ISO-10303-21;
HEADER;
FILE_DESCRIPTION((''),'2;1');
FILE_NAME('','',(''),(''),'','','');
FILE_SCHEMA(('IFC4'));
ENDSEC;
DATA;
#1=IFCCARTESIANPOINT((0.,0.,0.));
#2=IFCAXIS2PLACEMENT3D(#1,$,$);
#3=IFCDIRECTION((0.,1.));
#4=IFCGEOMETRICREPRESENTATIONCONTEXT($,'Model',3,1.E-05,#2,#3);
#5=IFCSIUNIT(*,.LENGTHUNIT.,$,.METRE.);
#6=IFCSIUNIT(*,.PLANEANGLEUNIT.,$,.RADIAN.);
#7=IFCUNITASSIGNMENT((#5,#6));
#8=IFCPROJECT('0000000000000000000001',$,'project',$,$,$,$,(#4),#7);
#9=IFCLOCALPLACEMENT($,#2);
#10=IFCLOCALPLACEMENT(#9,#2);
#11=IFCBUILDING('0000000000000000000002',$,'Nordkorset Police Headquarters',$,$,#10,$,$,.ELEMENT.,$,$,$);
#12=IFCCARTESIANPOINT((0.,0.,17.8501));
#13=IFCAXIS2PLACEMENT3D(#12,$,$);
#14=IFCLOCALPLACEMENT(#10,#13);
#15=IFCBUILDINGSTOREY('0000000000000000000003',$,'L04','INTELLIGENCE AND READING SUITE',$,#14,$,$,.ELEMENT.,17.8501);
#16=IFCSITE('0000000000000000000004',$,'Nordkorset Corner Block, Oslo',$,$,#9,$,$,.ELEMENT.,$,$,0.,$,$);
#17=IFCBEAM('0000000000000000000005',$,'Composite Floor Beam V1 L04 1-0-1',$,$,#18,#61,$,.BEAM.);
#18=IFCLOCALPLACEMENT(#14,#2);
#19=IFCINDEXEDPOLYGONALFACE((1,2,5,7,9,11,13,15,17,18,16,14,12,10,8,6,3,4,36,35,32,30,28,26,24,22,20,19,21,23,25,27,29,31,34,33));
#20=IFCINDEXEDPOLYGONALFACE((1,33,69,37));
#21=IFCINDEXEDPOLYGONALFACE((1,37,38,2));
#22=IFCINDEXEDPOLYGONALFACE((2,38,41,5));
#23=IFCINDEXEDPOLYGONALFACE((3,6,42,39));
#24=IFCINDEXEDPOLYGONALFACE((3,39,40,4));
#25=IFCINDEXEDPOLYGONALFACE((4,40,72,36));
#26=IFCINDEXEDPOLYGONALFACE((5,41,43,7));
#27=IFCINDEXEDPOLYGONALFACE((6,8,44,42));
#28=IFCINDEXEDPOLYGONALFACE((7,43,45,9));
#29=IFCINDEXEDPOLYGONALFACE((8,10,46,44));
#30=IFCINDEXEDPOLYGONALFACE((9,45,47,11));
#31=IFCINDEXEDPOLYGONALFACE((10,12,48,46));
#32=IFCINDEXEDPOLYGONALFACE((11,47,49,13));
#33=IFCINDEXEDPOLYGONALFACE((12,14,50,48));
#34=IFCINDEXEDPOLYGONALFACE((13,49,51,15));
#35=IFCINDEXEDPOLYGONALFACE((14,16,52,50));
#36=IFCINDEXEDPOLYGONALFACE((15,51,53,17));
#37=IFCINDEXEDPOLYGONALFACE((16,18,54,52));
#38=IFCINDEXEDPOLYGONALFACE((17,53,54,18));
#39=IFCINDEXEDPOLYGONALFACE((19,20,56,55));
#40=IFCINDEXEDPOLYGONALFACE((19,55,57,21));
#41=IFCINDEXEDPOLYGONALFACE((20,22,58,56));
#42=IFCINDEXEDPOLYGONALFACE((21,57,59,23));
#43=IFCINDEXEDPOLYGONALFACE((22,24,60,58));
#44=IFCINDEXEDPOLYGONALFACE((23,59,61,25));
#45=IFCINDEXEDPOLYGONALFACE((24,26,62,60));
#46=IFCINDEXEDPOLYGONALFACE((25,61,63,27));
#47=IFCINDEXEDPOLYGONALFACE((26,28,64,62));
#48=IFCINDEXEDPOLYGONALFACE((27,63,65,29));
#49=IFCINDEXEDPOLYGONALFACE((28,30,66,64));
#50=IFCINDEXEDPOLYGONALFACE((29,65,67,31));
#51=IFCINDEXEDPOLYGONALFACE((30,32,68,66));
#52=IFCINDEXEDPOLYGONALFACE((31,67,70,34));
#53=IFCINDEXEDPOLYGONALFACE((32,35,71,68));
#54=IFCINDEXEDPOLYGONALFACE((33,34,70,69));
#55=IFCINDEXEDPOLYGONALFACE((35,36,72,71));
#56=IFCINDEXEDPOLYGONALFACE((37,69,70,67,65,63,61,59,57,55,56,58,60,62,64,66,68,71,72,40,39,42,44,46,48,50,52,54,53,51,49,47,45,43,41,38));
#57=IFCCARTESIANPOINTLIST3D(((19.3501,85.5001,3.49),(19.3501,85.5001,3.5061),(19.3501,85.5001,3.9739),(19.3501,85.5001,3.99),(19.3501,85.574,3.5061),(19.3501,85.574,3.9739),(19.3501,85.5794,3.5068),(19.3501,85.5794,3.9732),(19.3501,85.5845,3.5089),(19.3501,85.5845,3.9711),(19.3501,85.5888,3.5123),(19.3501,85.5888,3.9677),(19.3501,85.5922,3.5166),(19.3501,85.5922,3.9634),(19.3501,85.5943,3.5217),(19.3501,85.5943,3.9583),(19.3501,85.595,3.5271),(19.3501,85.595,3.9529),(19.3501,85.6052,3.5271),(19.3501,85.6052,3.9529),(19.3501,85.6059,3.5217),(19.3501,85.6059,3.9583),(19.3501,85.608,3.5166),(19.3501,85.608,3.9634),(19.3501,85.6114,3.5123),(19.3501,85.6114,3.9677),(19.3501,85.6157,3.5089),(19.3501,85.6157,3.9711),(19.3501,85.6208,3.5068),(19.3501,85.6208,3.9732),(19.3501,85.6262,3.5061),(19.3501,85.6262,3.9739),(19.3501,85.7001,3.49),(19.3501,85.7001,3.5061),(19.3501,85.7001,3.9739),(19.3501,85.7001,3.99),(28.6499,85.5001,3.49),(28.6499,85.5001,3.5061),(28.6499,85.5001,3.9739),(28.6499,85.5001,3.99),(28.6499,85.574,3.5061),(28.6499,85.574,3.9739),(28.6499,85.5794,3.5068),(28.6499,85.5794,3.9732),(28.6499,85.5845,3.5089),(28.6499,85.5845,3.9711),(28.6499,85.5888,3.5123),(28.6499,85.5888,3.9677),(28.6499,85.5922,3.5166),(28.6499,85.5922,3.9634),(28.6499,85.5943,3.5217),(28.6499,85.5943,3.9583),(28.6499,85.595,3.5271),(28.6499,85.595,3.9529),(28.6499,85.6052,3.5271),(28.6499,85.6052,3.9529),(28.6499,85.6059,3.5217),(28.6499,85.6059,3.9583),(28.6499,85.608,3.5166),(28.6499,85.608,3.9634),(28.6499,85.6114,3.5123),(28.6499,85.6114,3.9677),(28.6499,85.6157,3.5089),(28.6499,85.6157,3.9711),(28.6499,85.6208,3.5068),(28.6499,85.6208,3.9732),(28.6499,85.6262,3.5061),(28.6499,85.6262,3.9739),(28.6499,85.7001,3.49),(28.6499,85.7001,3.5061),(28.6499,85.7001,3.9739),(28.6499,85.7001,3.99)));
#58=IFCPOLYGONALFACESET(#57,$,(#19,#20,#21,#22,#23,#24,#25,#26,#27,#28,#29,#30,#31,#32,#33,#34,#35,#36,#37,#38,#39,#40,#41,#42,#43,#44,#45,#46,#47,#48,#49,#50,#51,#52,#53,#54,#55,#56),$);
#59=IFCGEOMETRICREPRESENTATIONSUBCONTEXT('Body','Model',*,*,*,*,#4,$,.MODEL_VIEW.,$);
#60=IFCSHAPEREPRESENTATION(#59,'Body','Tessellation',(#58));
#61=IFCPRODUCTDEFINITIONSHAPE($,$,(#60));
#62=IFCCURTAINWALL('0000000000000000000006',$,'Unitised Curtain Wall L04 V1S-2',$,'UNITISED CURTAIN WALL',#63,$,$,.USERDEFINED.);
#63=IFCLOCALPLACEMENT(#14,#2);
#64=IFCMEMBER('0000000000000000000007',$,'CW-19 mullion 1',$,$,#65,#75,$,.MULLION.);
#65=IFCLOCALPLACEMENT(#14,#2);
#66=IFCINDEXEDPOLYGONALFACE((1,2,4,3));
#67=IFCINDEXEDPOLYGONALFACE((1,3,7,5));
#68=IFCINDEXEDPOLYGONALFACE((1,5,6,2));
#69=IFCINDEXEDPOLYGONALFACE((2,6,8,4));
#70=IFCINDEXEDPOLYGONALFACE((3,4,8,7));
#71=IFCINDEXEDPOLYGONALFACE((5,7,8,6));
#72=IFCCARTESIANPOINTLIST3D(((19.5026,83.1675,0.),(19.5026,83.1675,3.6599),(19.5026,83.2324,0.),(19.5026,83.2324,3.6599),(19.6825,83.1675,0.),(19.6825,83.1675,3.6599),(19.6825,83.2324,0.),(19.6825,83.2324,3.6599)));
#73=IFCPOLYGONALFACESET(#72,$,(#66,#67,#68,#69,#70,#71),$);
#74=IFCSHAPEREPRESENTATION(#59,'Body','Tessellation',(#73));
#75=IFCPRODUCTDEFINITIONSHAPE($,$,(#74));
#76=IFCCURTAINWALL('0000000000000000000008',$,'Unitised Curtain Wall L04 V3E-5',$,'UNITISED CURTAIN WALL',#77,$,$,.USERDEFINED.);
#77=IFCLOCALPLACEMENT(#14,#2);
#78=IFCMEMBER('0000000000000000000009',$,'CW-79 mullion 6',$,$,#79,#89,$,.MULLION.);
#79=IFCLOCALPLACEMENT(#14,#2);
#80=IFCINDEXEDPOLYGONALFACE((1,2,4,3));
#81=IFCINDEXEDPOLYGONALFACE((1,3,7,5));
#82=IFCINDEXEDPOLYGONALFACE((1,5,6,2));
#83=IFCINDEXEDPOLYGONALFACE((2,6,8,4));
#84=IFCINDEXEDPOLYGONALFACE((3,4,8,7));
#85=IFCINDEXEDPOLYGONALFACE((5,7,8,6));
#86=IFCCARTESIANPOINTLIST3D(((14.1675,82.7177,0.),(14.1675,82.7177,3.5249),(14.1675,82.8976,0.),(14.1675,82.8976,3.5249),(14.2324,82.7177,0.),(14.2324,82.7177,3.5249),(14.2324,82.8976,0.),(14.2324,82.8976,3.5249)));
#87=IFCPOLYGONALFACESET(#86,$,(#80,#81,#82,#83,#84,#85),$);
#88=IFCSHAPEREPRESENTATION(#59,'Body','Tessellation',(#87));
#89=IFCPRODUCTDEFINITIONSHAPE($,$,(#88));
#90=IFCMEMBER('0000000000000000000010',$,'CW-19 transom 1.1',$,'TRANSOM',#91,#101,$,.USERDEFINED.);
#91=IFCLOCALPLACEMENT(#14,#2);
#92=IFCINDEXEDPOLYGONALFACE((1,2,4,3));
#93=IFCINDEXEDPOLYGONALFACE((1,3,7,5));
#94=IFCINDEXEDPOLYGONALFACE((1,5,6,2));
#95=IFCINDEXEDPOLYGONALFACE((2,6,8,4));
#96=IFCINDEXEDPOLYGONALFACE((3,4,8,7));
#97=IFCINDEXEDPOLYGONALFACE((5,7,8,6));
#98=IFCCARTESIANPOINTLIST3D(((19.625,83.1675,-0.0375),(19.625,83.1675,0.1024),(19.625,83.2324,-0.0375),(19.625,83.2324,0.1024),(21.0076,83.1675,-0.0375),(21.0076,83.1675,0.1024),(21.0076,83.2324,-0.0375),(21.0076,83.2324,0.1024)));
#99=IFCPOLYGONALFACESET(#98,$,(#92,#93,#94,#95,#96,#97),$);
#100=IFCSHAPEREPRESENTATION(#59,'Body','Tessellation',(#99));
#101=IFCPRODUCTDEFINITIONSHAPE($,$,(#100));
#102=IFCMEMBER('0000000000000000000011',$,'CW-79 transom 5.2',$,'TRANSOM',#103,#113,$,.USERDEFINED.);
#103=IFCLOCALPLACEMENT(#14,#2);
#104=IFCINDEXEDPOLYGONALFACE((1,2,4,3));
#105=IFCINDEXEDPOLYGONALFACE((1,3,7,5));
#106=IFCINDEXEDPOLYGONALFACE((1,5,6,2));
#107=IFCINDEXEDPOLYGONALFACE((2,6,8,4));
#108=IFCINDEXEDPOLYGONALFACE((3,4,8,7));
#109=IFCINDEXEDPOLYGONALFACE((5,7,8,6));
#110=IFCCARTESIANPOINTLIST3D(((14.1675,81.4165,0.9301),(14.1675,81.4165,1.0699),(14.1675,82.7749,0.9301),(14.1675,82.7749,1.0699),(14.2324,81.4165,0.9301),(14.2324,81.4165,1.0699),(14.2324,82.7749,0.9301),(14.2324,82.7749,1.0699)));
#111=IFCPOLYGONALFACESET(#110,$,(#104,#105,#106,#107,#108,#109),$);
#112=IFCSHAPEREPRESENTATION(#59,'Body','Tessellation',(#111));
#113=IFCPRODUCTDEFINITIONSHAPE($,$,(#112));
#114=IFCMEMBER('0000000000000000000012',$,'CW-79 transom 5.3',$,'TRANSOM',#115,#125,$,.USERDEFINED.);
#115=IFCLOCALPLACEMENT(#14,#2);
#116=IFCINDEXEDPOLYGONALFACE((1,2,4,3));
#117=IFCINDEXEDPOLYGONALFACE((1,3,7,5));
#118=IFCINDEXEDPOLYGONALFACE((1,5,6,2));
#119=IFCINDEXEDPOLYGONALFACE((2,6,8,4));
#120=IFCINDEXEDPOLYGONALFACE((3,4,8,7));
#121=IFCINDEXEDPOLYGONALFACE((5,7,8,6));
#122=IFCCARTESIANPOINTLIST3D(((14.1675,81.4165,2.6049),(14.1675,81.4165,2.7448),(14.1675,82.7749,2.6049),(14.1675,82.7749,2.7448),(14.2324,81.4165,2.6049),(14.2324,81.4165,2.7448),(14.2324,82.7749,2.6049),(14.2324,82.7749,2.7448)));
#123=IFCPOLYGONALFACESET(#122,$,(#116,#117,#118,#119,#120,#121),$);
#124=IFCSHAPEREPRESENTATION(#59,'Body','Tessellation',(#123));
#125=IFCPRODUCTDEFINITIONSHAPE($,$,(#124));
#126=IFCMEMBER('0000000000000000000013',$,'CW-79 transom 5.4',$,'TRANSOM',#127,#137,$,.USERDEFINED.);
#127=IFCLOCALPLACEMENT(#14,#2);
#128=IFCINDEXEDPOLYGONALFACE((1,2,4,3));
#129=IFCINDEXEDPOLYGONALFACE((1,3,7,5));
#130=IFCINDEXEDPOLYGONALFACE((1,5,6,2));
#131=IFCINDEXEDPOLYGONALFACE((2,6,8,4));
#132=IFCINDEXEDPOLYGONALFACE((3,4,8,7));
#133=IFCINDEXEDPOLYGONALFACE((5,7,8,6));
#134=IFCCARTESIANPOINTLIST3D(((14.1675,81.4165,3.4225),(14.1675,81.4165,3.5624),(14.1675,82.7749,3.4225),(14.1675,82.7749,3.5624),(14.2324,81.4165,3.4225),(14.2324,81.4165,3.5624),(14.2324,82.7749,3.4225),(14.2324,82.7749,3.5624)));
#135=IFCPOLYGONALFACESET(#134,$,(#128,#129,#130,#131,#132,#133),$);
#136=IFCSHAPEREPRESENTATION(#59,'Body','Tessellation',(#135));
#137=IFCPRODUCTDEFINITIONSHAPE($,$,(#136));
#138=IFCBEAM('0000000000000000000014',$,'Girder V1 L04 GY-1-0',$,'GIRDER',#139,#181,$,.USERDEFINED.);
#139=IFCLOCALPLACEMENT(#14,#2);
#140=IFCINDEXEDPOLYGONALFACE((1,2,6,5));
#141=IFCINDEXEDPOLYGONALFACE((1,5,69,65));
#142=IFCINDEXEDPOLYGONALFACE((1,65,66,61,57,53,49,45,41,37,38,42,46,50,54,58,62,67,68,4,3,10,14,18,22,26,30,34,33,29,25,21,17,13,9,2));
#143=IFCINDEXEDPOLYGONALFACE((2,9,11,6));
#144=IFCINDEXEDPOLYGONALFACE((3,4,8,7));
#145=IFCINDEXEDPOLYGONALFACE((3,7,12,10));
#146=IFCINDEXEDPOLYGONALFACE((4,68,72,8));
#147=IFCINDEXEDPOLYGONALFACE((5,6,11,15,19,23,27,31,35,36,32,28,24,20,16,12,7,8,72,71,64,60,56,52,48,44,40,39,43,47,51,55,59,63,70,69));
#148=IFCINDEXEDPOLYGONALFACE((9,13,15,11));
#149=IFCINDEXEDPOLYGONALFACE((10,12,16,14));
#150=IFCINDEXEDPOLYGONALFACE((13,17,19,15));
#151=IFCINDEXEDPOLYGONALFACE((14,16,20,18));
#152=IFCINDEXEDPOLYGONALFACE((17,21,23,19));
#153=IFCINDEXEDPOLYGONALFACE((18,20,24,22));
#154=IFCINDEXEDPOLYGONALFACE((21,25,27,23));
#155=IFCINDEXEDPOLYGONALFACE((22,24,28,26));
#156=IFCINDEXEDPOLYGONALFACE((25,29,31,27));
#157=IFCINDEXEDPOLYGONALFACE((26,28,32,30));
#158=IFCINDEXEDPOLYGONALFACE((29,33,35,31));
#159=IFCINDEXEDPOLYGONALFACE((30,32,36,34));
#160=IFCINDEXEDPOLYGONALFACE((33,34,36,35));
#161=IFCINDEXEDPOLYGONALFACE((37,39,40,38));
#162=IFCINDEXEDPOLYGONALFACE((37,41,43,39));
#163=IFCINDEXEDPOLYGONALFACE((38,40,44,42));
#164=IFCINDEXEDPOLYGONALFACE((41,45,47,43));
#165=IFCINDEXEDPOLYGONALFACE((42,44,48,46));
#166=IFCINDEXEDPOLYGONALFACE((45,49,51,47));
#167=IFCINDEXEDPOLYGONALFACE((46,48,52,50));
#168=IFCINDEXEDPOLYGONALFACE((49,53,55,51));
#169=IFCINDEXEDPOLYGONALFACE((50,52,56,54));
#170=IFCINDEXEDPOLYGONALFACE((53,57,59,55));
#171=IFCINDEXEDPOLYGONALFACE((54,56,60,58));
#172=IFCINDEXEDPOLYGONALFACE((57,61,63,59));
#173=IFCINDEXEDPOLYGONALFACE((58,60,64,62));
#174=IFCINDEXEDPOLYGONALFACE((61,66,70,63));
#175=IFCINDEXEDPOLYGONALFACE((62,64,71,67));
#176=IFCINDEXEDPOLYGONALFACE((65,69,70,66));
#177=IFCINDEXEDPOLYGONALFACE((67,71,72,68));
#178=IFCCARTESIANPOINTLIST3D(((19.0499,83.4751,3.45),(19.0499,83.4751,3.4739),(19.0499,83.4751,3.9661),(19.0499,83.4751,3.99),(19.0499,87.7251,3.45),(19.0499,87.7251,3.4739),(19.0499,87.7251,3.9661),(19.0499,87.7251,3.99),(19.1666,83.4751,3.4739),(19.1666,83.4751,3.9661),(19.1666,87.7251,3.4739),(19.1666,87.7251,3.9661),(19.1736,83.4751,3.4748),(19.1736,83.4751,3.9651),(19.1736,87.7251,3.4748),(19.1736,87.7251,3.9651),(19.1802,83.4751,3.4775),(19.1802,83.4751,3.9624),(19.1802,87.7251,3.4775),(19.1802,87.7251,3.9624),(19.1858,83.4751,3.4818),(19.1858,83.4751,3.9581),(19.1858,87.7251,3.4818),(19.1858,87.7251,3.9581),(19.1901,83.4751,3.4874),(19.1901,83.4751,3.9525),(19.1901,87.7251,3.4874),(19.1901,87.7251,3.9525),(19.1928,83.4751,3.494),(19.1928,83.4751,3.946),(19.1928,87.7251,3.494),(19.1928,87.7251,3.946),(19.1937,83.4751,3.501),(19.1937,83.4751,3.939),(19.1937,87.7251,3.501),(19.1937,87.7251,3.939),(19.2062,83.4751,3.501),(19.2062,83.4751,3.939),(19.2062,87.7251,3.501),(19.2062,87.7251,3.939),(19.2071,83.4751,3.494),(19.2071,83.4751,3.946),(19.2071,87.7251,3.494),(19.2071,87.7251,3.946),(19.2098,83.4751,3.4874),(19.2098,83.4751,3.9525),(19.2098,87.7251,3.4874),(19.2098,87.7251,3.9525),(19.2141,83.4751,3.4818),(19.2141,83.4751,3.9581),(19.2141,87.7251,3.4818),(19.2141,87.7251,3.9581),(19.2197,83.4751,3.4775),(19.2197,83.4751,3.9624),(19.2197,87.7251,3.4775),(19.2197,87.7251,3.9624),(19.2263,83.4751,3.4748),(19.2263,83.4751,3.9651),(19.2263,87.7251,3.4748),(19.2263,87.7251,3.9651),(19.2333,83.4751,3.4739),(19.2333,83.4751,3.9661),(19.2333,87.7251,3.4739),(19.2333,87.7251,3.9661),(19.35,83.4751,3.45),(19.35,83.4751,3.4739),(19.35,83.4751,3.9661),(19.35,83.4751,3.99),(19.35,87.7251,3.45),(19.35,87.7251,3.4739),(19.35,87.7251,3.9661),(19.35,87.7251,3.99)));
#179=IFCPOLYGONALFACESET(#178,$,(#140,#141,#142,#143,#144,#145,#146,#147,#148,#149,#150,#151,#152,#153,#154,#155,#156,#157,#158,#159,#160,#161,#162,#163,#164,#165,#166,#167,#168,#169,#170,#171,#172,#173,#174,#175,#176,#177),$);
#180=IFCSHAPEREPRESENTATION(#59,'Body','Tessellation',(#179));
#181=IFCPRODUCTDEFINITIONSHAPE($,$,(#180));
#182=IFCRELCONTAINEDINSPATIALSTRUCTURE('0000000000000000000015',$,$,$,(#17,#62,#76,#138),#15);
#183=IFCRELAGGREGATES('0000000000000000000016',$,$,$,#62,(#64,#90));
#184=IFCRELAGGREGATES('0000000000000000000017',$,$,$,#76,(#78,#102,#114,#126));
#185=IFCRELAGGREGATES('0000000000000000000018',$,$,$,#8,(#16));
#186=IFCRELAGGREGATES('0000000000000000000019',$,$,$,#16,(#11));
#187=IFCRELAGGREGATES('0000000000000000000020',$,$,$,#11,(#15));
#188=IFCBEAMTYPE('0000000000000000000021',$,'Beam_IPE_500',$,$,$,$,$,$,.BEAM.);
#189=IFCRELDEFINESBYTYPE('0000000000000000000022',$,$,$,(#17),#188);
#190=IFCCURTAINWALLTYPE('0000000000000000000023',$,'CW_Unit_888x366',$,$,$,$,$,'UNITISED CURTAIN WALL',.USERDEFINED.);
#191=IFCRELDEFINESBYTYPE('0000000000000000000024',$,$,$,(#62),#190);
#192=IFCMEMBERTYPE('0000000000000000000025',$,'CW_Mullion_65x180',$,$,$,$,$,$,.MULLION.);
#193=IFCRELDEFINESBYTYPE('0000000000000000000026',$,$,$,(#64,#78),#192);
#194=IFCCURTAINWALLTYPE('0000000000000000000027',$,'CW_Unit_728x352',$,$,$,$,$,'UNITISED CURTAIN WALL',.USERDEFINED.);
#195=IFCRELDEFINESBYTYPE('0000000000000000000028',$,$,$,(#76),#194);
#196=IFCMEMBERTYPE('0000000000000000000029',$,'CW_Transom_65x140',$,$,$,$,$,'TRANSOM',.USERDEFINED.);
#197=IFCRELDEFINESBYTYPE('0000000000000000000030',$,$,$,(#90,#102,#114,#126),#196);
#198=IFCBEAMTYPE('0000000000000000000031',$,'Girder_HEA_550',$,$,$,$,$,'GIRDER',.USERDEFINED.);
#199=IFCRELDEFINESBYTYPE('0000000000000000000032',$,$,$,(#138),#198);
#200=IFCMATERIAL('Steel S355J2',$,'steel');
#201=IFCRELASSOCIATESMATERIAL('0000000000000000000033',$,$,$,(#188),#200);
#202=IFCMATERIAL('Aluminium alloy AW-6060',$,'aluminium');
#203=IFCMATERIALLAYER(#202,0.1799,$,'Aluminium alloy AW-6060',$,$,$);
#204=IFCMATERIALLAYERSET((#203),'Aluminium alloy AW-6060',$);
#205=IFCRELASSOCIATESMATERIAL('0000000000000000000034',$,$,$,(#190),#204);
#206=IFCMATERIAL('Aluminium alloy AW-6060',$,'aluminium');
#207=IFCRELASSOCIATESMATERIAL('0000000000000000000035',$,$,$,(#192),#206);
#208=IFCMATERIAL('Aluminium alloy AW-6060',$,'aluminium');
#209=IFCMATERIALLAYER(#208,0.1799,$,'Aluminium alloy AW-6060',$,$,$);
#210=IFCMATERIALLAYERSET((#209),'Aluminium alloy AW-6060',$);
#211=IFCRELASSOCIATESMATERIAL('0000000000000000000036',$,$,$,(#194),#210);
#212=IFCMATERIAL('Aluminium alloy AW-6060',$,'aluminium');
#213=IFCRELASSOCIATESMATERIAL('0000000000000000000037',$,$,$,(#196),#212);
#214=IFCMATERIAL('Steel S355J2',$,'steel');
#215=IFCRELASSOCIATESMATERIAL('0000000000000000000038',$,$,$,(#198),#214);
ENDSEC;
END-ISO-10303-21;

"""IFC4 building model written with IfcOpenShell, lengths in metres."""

from ifc_helpers import new_model, si_unit, direction, frame, origin, origin_2d, place, context, subcontext, project, spatial, rectangle, i_section, extrude, material, layer, layer_set, material_profile, profile_set, type_object, element, aggregate, save


model = new_model("IFC4")

# Units and contexts
model_context = context("Model", 3, precision=1e-05, world=origin(), true_north=direction((0.0, 1.0)))
body_context = subcontext(model_context, "Body", "Model", "MODEL_VIEW")
ifc_project = project(units=[si_unit("LENGTHUNIT", "METRE"), si_unit("PLANEANGLEUNIT", "RADIAN")], contexts=[model_context])

# Site, building, storey
site_placement = place(None, origin())
site = spatial("IfcSite", under=ifc_project, at=site_placement, Name="Nordkorset Corner Block, Oslo", CompositionType="ELEMENT", RefElevation=0.0)
building_placement = place(site_placement, origin())
building = spatial("IfcBuilding", under=site, at=building_placement, Name="Nordkorset Police Headquarters", CompositionType="ELEMENT")
storey_placement = place(building_placement, frame((0.0, 0.0, 17.8501)))
storey = spatial("IfcBuildingStorey", under=building, at=storey_placement, Name="L04", Description="INTELLIGENCE AND READING SUITE", CompositionType="ELEMENT", Elevation=17.8501)

# Beam
ifc_material_1 = material(Name="Steel S355J2", Category="steel")
ifc_material_profile_1 = material_profile(ifc_material_1, i_section(OverallWidth=0.2, OverallDepth=0.5, WebThickness=0.0103, FlangeThickness=0.0161, FilletRadius=0.021, at=origin_2d()), Name="IPE 500")
ifc_profile_set_1 = profile_set([ifc_material_profile_1], Name="Steel S355J2")
beam_type_1 = type_object("IfcBeamType", Name="Beam_IPE_500", PredefinedType="BEAM", material=ifc_profile_set_1)
beam_1_placement = place(storey_placement, frame((19.3501, 85.6001, 3.74), z_axis=(1.0, 0.0, 0.0), x_axis=(0.0, 1.0, 0.0)))
element("IfcBeam", 1, at=beam_1_placement, inside=storey, type_object=beam_type_1, Name="Composite Floor Beam V1 L04 1-0-1", PredefinedType="BEAM", context=body_context, shape_type="SweptSolid", body=[
    extrude(i_section(OverallWidth=0.2, OverallDepth=0.5, WebThickness=0.0103, FlangeThickness=0.0161, FilletRadius=0.021, at=origin_2d()), origin(), (0.0, 0.0, 1.0), 9.2998),
])

# Curtain walls, members
ifc_material_2 = material(Name="Aluminium alloy AW-6060", Category="aluminium")
ifc_layer_1 = layer(ifc_material_2, 0.1799, Name="Aluminium alloy AW-6060")
ifc_layer_set_1 = layer_set([ifc_layer_1], Name="Aluminium alloy AW-6060")
curtain_wall_type_1 = type_object("IfcCurtainWallType", Name="CW_Unit_888x366", ElementType="UNITISED CURTAIN WALL", PredefinedType="USERDEFINED", material=ifc_layer_set_1)
curtain_wall_1_placement = place(storey_placement, origin())
curtain_wall_1 = element("IfcCurtainWall", 2, at=curtain_wall_1_placement, inside=storey, type_object=curtain_wall_type_1, Name="Unitised Curtain Wall L04 V1S-2", ObjectType="UNITISED CURTAIN WALL", PredefinedType="USERDEFINED")
ifc_material_3 = material(Name="Aluminium alloy AW-6060", Category="aluminium")
ifc_material_profile_2 = material_profile(ifc_material_3, rectangle(XDim=0.0649, YDim=0.1799, at=origin_2d()), Name="ALU MULL 65x180")
ifc_profile_set_2 = profile_set([ifc_material_profile_2], Name="Aluminium alloy AW-6060")
member_type_1 = type_object("IfcMemberType", Name="CW_Mullion_65x180", PredefinedType="MULLION", material=ifc_profile_set_2)
member_1_placement = place(storey_placement, frame((19.5925, 83.2, 0.0), z_axis=(0.0, 0.0, 1.0), x_axis=(0.0, 1.0, 0.0)))
member_1 = element("IfcMember", 3, at=member_1_placement, type_object=member_type_1, Name="CW-19 mullion 1", PredefinedType="MULLION", context=body_context, shape_type="SweptSolid", body=[
    extrude(rectangle(XDim=0.0649, YDim=0.1799, at=origin_2d()), origin(), (0.0, 0.0, 1.0), 3.6599),
])
ifc_material_4 = material(Name="Aluminium alloy AW-6060", Category="aluminium")
ifc_layer_2 = layer(ifc_material_4, 0.1799, Name="Aluminium alloy AW-6060")
ifc_layer_set_2 = layer_set([ifc_layer_2], Name="Aluminium alloy AW-6060")
curtain_wall_type_2 = type_object("IfcCurtainWallType", Name="CW_Unit_728x352", ElementType="UNITISED CURTAIN WALL", PredefinedType="USERDEFINED", material=ifc_layer_set_2)
curtain_wall_2_placement = place(storey_placement, origin())
curtain_wall_2 = element("IfcCurtainWall", 4, at=curtain_wall_2_placement, inside=storey, type_object=curtain_wall_type_2, Name="Unitised Curtain Wall L04 V3E-5", ObjectType="UNITISED CURTAIN WALL", PredefinedType="USERDEFINED")
member_2_placement = place(storey_placement, frame((14.2, 82.8076, 0.0), z_axis=(0.0, 0.0, 1.0), x_axis=(-1.0, 0.0, 0.0)))
member_2 = element("IfcMember", 5, at=member_2_placement, type_object=member_type_1, Name="CW-79 mullion 6", PredefinedType="MULLION", context=body_context, shape_type="SweptSolid", body=[
    extrude(rectangle(XDim=0.0649, YDim=0.1799, at=origin_2d()), origin(), (0.0, 0.0, 1.0), 3.5249),
])

# Members
ifc_material_5 = material(Name="Aluminium alloy AW-6060", Category="aluminium")
ifc_material_profile_3 = material_profile(ifc_material_5, rectangle(XDim=0.0649, YDim=0.1399, at=origin_2d()), Name="ALU TRAN 65x140")
ifc_profile_set_3 = profile_set([ifc_material_profile_3], Name="Aluminium alloy AW-6060")
member_type_2 = type_object("IfcMemberType", Name="CW_Transom_65x140", ElementType="TRANSOM", PredefinedType="USERDEFINED", material=ifc_profile_set_3)
member_3_placement = place(storey_placement, frame((19.625, 83.2, 0.0325), z_axis=(1.0, 0.0, 0.0), x_axis=(0.0, 1.0, 0.0)))
member_3 = element("IfcMember", 6, at=member_3_placement, type_object=member_type_2, Name="CW-19 transom 1.1", ObjectType="TRANSOM", PredefinedType="USERDEFINED", context=body_context, shape_type="SweptSolid", body=[
    extrude(rectangle(XDim=0.0649, YDim=0.1399, at=origin_2d()), origin(), (0.0, 0.0, 1.0), 1.3826),
])
aggregate(curtain_wall_1, [member_1, member_3])
member_4_placement = place(storey_placement, frame((14.2, 81.4165, 1.0), z_axis=(0.0, 1.0, 0.0), x_axis=(-1.0, 0.0, 0.0)))
member_4 = element("IfcMember", 7, at=member_4_placement, type_object=member_type_2, Name="CW-79 transom 5.2", ObjectType="TRANSOM", PredefinedType="USERDEFINED", context=body_context, shape_type="SweptSolid", body=[
    extrude(rectangle(XDim=0.0649, YDim=0.1399, at=origin_2d()), origin(), (0.0, 0.0, 1.0), 1.3584),
])
member_5_placement = place(storey_placement, frame((14.2, 81.4165, 2.6748), z_axis=(0.0, 1.0, 0.0), x_axis=(-1.0, 0.0, 0.0)))
member_5 = element("IfcMember", 8, at=member_5_placement, type_object=member_type_2, Name="CW-79 transom 5.3", ObjectType="TRANSOM", PredefinedType="USERDEFINED", context=body_context, shape_type="SweptSolid", body=[
    extrude(rectangle(XDim=0.0649, YDim=0.1399, at=origin_2d()), origin(), (0.0, 0.0, 1.0), 1.3584),
])
member_6_placement = place(storey_placement, frame((14.2, 81.4165, 3.4924), z_axis=(0.0, 1.0, 0.0), x_axis=(-1.0, 0.0, 0.0)))
member_6 = element("IfcMember", 9, at=member_6_placement, type_object=member_type_2, Name="CW-79 transom 5.4", ObjectType="TRANSOM", PredefinedType="USERDEFINED", context=body_context, shape_type="SweptSolid", body=[
    extrude(rectangle(XDim=0.0649, YDim=0.1399, at=origin_2d()), origin(), (0.0, 0.0, 1.0), 1.3584),
])

# Beam
ifc_material_6 = material(Name="Steel S355J2", Category="steel")
ifc_material_profile_4 = material_profile(ifc_material_6, i_section(OverallWidth=0.3, OverallDepth=0.54, WebThickness=0.0125, FlangeThickness=0.0239, FilletRadius=0.0271, at=origin_2d()), Name="HEA 550")
ifc_profile_set_4 = profile_set([ifc_material_profile_4], Name="Steel S355J2")
beam_type_2 = type_object("IfcBeamType", Name="Girder_HEA_550", ElementType="GIRDER", PredefinedType="USERDEFINED", material=ifc_profile_set_4)
for number, where, z_axis, x_axis, name in (
    (10, (19.2, 83.4751, 3.72), (0.0, 1.0, 0.0), (-1.0, 0.0, 0.0), "Girder V1 L04 GY-1-0"),
):
    element("IfcBeam", number, at=place(storey_placement, frame(where, z_axis=z_axis, x_axis=x_axis)), inside=storey, type_object=beam_type_2, Name=name, ObjectType="GIRDER", PredefinedType="USERDEFINED", context=body_context, shape_type="SweptSolid", body=[
        extrude(i_section(OverallWidth=0.3, OverallDepth=0.54, WebThickness=0.0125, FlangeThickness=0.0239, FilletRadius=0.0271, at=origin_2d()), origin(), (0.0, 0.0, 1.0), 4.25),
    ])

aggregate(curtain_wall_2, [member_2, member_4, member_5, member_6])

save(model, "model.ifc")
